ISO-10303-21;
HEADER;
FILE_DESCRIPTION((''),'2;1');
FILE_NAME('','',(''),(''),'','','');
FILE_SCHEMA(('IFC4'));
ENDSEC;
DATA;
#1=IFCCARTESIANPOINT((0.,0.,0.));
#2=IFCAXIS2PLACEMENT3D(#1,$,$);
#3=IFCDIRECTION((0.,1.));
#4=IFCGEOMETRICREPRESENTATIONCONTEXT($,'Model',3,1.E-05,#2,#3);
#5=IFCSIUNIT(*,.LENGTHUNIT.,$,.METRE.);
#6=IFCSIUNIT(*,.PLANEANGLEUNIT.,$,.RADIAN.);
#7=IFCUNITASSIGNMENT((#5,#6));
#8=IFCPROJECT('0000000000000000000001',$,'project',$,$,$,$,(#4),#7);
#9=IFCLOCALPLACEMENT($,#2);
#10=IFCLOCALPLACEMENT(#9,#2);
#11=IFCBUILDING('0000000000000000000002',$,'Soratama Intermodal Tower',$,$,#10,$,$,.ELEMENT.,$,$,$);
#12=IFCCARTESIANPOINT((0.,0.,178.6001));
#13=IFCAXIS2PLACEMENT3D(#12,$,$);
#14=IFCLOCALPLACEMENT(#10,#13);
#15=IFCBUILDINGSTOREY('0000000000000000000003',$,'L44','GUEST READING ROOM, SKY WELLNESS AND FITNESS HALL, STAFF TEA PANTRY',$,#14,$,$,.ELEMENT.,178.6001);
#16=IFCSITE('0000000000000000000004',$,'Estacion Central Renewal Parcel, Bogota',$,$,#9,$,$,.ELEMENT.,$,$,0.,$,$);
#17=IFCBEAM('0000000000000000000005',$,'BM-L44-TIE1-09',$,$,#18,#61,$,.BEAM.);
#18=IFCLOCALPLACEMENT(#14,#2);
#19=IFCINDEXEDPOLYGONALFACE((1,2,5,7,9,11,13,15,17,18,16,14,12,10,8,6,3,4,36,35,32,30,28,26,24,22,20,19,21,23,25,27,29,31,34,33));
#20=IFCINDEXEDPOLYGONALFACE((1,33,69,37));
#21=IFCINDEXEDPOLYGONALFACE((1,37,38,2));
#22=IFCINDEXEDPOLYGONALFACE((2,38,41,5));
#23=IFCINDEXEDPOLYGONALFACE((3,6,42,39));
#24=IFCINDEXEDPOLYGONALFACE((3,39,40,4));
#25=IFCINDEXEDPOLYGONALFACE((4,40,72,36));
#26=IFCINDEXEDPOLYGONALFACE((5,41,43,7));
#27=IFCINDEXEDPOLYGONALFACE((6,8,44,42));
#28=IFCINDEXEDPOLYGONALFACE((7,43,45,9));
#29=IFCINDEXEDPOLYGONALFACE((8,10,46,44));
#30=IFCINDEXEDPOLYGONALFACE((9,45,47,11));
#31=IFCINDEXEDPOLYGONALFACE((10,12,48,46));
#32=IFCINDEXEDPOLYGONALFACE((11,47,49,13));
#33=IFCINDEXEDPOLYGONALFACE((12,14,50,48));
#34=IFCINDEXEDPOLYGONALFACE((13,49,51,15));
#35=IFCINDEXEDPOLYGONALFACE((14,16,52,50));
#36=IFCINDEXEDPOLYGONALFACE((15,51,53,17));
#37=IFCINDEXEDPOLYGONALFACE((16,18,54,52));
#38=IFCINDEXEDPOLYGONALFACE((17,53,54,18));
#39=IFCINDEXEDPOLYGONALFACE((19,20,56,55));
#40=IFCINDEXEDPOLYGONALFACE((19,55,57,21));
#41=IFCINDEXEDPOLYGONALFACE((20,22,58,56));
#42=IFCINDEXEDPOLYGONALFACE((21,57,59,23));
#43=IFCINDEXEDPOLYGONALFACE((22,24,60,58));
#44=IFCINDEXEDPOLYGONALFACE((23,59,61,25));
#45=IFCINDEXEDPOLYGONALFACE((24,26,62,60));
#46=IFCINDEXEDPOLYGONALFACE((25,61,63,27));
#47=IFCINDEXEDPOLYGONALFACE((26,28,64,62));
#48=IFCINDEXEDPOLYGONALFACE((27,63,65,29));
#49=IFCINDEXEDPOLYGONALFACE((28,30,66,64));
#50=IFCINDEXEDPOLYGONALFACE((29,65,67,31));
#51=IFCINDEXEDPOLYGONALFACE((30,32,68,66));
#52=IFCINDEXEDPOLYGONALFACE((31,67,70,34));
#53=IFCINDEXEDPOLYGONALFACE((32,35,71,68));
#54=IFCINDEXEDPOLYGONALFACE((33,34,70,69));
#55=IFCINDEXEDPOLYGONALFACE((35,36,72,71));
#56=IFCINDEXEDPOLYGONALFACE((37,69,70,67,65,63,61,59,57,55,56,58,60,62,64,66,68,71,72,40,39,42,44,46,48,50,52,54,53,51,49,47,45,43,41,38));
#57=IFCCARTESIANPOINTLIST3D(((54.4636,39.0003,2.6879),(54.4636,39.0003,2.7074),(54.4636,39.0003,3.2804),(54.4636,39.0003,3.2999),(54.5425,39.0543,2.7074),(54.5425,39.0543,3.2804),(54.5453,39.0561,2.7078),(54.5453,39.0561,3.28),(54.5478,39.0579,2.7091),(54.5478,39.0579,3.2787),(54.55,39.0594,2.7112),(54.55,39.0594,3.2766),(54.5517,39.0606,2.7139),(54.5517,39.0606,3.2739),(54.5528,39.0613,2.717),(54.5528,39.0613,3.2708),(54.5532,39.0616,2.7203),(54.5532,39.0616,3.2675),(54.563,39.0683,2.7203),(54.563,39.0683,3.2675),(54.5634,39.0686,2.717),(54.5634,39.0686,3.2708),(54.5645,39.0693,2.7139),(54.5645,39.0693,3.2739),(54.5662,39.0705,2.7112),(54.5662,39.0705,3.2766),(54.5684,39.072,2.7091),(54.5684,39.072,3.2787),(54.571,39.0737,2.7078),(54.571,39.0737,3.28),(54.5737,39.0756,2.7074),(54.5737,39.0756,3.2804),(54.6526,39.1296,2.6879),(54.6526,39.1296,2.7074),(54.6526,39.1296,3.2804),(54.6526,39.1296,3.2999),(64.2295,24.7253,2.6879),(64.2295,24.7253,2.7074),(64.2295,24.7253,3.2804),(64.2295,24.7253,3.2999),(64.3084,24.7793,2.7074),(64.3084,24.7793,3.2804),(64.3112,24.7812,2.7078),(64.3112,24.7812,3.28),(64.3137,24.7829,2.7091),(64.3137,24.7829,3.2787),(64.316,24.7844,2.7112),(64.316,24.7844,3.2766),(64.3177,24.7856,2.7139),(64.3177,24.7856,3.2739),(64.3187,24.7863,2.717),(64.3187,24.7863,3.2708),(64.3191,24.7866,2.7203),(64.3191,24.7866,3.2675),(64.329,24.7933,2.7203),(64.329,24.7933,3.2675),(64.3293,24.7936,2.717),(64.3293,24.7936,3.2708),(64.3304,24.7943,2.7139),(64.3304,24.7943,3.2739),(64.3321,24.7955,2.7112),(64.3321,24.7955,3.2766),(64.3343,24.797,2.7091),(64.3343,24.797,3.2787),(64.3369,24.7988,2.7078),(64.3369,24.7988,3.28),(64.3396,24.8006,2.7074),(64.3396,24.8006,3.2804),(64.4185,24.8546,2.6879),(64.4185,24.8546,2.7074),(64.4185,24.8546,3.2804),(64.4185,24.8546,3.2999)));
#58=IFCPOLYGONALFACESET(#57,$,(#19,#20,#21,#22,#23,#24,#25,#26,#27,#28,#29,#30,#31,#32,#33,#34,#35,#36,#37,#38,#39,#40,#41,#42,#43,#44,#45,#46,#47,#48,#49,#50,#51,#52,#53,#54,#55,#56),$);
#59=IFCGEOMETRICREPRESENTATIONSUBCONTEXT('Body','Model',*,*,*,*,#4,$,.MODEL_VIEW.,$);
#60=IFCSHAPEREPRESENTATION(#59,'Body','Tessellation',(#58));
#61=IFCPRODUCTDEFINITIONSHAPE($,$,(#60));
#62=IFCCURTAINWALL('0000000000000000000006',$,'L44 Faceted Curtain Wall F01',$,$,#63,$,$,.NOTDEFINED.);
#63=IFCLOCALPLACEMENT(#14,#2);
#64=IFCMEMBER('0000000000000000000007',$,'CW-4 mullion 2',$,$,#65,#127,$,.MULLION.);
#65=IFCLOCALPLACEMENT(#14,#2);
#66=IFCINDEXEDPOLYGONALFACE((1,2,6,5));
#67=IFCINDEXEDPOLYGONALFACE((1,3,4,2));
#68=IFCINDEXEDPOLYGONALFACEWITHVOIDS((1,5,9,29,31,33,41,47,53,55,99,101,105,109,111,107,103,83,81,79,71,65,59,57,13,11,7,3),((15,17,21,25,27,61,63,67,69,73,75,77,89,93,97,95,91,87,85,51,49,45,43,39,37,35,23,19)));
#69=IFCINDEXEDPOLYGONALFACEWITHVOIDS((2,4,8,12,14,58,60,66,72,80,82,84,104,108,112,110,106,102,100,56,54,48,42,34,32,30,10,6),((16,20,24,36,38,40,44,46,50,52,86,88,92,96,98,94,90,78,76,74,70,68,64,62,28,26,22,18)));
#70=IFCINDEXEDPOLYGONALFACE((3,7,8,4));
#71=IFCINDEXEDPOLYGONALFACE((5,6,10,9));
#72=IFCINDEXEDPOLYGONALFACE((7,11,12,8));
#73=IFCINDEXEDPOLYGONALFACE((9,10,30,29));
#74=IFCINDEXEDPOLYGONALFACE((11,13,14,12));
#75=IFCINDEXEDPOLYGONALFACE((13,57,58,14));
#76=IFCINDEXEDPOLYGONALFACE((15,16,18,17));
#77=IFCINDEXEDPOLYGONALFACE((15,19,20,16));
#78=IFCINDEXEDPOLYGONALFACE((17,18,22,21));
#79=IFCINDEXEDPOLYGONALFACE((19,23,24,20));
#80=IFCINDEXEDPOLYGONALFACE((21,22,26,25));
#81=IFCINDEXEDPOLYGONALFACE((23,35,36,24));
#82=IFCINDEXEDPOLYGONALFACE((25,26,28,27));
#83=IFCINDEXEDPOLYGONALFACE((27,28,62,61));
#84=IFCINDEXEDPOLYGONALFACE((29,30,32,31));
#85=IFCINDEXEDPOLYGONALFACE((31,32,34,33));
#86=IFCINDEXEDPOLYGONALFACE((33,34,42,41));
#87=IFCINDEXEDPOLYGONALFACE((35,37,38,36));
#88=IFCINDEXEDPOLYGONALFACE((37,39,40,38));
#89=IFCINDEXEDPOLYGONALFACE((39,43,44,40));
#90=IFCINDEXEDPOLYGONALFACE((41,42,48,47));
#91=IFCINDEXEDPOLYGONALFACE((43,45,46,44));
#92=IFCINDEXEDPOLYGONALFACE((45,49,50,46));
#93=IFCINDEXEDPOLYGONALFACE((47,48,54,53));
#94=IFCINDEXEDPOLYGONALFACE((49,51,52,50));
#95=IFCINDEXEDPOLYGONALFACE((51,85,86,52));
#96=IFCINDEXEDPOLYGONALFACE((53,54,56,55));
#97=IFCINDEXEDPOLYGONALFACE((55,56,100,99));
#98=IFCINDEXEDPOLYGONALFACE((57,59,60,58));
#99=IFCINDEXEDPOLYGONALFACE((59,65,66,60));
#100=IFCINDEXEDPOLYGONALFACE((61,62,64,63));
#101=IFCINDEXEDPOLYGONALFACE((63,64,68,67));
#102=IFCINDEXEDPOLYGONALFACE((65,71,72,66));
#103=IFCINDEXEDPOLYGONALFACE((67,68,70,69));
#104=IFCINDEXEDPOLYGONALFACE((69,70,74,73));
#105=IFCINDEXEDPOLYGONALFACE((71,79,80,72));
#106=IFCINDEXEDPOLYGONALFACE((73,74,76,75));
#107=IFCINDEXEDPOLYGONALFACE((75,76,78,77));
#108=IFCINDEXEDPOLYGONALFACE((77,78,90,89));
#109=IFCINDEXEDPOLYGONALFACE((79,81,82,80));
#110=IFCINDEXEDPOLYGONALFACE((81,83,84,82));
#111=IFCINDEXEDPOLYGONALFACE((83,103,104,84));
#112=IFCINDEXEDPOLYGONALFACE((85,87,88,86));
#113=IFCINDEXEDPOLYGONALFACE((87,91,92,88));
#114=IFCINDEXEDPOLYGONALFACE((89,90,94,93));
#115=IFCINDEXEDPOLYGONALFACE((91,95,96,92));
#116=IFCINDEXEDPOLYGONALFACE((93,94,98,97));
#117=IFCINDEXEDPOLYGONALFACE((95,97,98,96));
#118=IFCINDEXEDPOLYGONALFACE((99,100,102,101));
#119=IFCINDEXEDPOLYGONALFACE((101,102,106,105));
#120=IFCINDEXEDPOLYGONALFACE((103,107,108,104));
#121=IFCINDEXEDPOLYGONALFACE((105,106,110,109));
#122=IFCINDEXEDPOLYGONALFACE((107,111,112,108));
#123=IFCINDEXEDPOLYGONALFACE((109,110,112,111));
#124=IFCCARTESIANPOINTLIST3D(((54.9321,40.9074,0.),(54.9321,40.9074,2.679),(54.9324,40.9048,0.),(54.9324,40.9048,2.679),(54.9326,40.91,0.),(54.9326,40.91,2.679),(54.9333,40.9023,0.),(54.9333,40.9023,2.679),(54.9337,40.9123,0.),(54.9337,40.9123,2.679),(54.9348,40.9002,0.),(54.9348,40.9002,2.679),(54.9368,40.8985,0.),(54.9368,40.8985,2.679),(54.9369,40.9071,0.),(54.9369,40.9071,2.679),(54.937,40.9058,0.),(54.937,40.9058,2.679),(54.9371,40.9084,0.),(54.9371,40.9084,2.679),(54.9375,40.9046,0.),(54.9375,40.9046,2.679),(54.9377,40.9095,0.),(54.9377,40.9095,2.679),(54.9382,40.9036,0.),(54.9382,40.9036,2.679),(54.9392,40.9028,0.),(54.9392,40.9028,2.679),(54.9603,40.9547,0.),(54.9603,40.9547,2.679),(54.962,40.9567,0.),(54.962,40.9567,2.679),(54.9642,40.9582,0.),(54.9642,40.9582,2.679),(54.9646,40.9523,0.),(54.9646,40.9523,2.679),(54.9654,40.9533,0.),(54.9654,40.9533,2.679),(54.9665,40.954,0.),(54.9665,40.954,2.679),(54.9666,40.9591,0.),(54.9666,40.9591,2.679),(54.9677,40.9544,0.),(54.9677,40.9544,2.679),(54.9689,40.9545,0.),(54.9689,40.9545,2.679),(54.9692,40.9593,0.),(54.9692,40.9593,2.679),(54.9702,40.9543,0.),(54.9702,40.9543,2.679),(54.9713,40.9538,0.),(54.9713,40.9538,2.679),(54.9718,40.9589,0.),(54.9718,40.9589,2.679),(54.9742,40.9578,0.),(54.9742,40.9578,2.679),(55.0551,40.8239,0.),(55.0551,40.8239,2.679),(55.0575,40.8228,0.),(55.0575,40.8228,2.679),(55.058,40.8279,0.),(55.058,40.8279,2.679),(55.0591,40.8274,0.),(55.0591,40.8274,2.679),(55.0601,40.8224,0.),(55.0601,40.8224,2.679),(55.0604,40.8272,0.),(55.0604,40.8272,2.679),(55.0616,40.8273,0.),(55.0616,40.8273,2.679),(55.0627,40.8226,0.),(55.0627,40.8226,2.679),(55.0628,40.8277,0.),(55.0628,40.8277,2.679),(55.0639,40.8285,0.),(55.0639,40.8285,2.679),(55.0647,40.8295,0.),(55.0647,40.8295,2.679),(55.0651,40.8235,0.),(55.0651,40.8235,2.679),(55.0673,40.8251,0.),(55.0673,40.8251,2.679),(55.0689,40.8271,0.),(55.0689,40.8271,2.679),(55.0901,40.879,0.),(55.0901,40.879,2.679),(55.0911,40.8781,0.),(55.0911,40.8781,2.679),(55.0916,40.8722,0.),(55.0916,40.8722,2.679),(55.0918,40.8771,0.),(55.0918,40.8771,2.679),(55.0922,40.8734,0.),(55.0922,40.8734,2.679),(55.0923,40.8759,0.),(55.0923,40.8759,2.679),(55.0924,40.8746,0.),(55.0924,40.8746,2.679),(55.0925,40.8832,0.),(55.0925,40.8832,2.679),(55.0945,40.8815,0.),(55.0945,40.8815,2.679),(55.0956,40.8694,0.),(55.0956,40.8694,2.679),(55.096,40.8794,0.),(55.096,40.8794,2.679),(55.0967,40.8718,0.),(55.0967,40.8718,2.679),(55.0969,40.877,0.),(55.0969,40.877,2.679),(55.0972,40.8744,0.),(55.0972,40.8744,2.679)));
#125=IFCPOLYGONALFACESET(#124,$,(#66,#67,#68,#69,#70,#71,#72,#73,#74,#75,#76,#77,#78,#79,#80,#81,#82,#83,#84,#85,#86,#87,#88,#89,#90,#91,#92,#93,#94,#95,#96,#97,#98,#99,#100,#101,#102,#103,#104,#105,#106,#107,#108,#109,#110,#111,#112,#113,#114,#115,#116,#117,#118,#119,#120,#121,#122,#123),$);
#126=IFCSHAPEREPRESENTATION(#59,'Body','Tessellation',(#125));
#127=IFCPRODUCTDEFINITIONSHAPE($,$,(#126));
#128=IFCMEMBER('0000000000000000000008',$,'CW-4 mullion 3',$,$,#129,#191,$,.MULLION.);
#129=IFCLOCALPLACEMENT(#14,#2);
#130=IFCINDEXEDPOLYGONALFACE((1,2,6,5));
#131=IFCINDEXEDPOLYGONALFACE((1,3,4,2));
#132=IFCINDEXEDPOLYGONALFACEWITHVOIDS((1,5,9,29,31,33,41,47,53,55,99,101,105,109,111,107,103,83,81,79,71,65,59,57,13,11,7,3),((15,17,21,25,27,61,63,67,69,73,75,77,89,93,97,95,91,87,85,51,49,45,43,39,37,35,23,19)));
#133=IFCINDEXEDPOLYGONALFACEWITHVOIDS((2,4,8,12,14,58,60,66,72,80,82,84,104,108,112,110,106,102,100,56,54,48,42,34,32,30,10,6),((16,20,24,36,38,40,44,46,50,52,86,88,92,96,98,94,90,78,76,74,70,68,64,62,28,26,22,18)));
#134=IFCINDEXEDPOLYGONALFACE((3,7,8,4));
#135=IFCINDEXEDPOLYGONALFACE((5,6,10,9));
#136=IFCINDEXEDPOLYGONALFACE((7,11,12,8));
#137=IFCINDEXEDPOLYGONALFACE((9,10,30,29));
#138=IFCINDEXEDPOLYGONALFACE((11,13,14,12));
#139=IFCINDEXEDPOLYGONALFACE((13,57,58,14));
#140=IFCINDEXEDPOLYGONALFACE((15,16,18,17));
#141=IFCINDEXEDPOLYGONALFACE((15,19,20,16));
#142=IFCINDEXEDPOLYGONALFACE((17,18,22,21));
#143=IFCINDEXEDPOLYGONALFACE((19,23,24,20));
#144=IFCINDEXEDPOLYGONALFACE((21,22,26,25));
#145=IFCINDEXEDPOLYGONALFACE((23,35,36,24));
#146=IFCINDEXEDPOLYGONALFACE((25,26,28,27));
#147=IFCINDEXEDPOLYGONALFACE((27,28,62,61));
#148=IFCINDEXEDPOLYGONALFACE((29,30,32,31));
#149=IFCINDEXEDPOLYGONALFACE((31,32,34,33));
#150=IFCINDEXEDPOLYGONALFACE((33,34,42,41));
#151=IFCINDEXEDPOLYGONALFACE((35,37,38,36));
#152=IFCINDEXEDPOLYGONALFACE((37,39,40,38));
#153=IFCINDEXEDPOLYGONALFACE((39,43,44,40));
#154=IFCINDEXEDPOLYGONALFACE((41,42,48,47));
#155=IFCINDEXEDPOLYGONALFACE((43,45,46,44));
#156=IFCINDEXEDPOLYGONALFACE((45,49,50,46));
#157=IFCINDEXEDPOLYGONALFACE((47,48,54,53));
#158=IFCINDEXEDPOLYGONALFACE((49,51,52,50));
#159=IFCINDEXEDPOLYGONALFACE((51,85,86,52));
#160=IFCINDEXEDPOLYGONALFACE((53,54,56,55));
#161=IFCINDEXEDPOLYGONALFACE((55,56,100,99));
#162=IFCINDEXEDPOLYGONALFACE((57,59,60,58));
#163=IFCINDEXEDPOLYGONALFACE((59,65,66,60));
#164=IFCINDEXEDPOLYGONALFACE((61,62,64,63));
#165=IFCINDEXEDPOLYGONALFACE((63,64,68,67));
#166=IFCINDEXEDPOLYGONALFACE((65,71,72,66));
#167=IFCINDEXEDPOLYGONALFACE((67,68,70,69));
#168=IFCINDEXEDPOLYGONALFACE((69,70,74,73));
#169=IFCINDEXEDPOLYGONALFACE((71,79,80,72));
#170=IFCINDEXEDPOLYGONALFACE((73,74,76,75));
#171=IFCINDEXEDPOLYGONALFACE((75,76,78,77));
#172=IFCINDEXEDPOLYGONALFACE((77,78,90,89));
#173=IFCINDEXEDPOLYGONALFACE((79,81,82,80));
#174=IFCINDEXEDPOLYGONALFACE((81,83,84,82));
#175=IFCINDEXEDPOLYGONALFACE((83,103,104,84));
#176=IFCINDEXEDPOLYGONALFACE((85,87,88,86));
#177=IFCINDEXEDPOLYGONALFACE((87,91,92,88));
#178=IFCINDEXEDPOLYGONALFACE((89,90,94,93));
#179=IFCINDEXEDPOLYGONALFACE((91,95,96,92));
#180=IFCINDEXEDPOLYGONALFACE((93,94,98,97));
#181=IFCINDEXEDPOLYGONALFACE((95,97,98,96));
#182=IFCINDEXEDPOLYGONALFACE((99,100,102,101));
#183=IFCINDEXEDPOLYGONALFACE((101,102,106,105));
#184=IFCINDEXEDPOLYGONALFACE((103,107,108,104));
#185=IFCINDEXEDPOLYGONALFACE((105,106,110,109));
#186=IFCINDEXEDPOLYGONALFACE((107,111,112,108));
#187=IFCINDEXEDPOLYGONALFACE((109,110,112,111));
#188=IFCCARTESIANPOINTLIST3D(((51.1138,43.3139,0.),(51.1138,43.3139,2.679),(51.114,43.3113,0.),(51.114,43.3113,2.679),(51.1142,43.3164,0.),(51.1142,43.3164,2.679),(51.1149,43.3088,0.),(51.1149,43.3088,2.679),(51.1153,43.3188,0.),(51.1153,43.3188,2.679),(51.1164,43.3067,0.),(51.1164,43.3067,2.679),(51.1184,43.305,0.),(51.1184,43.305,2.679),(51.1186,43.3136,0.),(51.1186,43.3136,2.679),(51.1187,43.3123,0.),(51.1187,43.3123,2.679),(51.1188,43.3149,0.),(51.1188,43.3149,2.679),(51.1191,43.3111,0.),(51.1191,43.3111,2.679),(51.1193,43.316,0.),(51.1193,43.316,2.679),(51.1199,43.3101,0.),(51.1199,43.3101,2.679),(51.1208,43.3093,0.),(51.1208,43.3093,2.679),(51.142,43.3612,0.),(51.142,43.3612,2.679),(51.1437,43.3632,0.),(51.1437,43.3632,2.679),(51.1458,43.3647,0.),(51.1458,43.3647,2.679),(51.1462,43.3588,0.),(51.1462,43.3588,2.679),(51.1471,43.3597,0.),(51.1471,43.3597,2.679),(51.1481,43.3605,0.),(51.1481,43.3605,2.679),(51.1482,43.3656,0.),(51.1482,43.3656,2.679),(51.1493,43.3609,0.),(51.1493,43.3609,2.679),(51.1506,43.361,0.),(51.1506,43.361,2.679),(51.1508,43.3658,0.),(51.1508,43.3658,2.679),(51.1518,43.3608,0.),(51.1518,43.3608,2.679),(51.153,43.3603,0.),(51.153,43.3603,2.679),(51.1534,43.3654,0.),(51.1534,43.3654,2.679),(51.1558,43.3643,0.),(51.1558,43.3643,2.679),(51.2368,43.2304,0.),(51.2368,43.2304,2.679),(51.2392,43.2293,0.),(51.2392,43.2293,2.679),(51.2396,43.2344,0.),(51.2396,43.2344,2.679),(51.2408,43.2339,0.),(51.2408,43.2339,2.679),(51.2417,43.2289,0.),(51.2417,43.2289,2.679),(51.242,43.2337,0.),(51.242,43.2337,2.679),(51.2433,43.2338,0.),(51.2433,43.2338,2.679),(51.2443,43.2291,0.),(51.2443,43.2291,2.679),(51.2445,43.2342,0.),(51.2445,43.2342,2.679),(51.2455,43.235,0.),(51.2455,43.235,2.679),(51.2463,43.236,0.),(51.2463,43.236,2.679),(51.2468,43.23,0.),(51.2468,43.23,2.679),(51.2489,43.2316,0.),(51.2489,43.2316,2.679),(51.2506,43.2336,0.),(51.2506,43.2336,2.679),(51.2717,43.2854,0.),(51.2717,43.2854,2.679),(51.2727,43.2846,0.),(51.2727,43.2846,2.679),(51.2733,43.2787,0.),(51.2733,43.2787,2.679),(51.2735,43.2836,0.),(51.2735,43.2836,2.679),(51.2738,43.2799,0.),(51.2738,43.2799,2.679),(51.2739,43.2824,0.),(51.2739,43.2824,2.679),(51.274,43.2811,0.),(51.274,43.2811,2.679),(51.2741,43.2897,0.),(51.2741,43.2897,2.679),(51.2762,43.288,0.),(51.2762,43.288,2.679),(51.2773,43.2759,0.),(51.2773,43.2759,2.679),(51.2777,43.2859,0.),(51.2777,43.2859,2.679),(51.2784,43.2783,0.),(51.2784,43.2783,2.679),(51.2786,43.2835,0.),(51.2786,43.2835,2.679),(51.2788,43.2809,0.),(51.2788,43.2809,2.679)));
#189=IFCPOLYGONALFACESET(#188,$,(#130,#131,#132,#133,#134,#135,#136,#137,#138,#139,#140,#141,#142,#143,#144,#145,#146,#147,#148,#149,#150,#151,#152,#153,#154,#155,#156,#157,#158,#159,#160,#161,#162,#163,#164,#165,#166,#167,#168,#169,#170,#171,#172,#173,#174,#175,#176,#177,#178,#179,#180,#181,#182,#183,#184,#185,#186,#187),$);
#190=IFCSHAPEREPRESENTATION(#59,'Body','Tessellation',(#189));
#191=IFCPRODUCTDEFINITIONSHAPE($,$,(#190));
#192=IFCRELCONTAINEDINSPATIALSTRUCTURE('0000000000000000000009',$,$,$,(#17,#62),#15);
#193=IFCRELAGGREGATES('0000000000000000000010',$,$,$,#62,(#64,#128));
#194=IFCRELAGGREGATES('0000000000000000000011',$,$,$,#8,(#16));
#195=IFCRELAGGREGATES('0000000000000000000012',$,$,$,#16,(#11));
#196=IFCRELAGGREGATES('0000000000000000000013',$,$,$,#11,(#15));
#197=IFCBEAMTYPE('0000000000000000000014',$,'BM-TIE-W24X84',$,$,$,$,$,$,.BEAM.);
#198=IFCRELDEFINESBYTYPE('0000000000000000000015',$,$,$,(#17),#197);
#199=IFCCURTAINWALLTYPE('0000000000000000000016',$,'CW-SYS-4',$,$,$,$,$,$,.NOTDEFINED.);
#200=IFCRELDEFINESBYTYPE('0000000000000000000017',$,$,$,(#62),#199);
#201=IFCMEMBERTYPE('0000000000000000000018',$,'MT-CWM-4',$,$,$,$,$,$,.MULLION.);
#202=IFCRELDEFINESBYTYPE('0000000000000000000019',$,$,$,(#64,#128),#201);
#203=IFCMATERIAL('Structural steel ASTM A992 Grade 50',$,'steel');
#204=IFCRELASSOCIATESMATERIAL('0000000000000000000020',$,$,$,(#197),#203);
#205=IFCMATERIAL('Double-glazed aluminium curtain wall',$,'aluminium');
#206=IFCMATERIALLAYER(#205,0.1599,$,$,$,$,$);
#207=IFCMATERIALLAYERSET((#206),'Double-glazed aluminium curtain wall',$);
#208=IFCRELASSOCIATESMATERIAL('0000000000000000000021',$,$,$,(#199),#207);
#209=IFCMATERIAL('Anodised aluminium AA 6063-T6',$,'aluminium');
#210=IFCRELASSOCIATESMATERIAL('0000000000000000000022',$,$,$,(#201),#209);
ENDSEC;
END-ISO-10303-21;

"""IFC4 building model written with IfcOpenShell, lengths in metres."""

from ifc_helpers import new_model, si_unit, direction, frame, origin, origin_2d, place, context, subcontext, project, spatial, hollow_rectangle, i_section, extrude, material, layer, layer_set, material_profile, profile_set, type_object, element, aggregate, save


model = new_model("IFC4")

# Units and contexts
model_context = context("Model", 3, precision=1e-05, world=origin(), true_north=direction((0.0, 1.0)))
body_context = subcontext(model_context, "Body", "Model", "MODEL_VIEW")
ifc_project = project(units=[si_unit("LENGTHUNIT", "METRE"), si_unit("PLANEANGLEUNIT", "RADIAN")], contexts=[model_context])

# Site, building, storey
site_placement = place(None, origin())
site = spatial("IfcSite", under=ifc_project, at=site_placement, Name="Estacion Central Renewal Parcel, Bogota", CompositionType="ELEMENT", RefElevation=0.0)
building_placement = place(site_placement, origin())
building = spatial("IfcBuilding", under=site, at=building_placement, Name="Soratama Intermodal Tower", CompositionType="ELEMENT")
storey_placement = place(building_placement, frame((0.0, 0.0, 178.6001)))
storey = spatial("IfcBuildingStorey", under=building, at=storey_placement, Name="L44", Description="GUEST READING ROOM, SKY WELLNESS AND FITNESS HALL, STAFF TEA PANTRY", CompositionType="ELEMENT", Elevation=178.6001)

# Beam
ifc_material_1 = material(Name="Structural steel ASTM A992 Grade 50", Category="steel")
ifc_material_profile_1 = material_profile(ifc_material_1, i_section(OverallWidth=0.229, OverallDepth=0.6121, WebThickness=0.012, FlangeThickness=0.0195, FilletRadius=0.0129, at=origin_2d()), Name="W24X84")
ifc_profile_set_1 = profile_set([ifc_material_profile_1], Name="Structural steel ASTM A992 Grade 50")
beam_type_1 = type_object("IfcBeamType", Name="BM-TIE-W24X84", PredefinedType="BEAM", material=ifc_profile_set_1)
beam_1_placement = place(storey_placement, frame((54.5581, 39.0649, 2.9939), z_axis=(0.564638, -0.825339, 0.0), x_axis=(0.825339, 0.564638, 0.0)))
element("IfcBeam", 1, at=beam_1_placement, inside=storey, type_object=beam_type_1, Name="BM-L44-TIE1-09", PredefinedType="BEAM", context=body_context, shape_type="SweptSolid", body=[
    extrude(i_section(OverallWidth=0.229, OverallDepth=0.6121, WebThickness=0.012, FlangeThickness=0.0195, FilletRadius=0.0129, at=origin_2d()), origin(), (0.0, 0.0, 1.0), 17.2959),
])

# Curtain wall, members
ifc_material_2 = material(Name="Double-glazed aluminium curtain wall", Category="aluminium")
ifc_layer_1 = layer(ifc_material_2, 0.1599)
ifc_layer_set_1 = layer_set([ifc_layer_1], Name="Double-glazed aluminium curtain wall")
curtain_wall_type = type_object("IfcCurtainWallType", Name="CW-SYS-4", PredefinedType="NOTDEFINED", material=ifc_layer_set_1)
curtain_wall_1_placement = place(storey_placement, origin())
curtain_wall_1 = element("IfcCurtainWall", 2, at=curtain_wall_1_placement, inside=storey, type_object=curtain_wall_type, Name="L44 Faceted Curtain Wall F01", PredefinedType="NOTDEFINED")
ifc_material_3 = material(Name="Anodised aluminium AA 6063-T6", Category="aluminium")
ifc_material_profile_2 = material_profile(ifc_material_3, hollow_rectangle(XDim=0.0701, YDim=0.1599, WallThickness=0.0049, InnerFilletRadius=0.0049, OuterFilletRadius=0.01, at=origin_2d()), Name="CWM160X70X5")
ifc_profile_set_2 = profile_set([ifc_material_profile_2], Name="Anodised aluminium AA 6063-T6")
member_type_1 = type_object("IfcMemberType", Name="MT-CWM-4", PredefinedType="MULLION", material=ifc_profile_set_2)
member_1_placement = place(storey_placement, frame((55.0146, 40.8909, 0.0), z_axis=(0.0, 0.0, 1.0), x_axis=(-0.533168, -0.84601, 0.0)))
member_1 = element("IfcMember", 3, at=member_1_placement, type_object=member_type_1, Name="CW-4 mullion 2", PredefinedType="MULLION", context=body_context, shape_type="SweptSolid", body=[
    extrude(hollow_rectangle(XDim=0.0701, YDim=0.1599, WallThickness=0.0049, InnerFilletRadius=0.0049, OuterFilletRadius=0.01, at=origin_2d()), origin(), (0.0, 0.0, 1.0), 2.679),
])
member_2_placement = place(storey_placement, frame((51.1963, 43.2974, 0.0), z_axis=(0.0, 0.0, 1.0), x_axis=(-0.533168, -0.84601, 0.0)))
member_2 = element("IfcMember", 4, at=member_2_placement, type_object=member_type_1, Name="CW-4 mullion 3", PredefinedType="MULLION", context=body_context, shape_type="SweptSolid", body=[
    extrude(hollow_rectangle(XDim=0.0701, YDim=0.1599, WallThickness=0.0049, InnerFilletRadius=0.0049, OuterFilletRadius=0.01, at=origin_2d()), origin(), (0.0, 0.0, 1.0), 2.679),
])

aggregate(curtain_wall_1, [member_1, member_2])

save(model, "model.ifc")
